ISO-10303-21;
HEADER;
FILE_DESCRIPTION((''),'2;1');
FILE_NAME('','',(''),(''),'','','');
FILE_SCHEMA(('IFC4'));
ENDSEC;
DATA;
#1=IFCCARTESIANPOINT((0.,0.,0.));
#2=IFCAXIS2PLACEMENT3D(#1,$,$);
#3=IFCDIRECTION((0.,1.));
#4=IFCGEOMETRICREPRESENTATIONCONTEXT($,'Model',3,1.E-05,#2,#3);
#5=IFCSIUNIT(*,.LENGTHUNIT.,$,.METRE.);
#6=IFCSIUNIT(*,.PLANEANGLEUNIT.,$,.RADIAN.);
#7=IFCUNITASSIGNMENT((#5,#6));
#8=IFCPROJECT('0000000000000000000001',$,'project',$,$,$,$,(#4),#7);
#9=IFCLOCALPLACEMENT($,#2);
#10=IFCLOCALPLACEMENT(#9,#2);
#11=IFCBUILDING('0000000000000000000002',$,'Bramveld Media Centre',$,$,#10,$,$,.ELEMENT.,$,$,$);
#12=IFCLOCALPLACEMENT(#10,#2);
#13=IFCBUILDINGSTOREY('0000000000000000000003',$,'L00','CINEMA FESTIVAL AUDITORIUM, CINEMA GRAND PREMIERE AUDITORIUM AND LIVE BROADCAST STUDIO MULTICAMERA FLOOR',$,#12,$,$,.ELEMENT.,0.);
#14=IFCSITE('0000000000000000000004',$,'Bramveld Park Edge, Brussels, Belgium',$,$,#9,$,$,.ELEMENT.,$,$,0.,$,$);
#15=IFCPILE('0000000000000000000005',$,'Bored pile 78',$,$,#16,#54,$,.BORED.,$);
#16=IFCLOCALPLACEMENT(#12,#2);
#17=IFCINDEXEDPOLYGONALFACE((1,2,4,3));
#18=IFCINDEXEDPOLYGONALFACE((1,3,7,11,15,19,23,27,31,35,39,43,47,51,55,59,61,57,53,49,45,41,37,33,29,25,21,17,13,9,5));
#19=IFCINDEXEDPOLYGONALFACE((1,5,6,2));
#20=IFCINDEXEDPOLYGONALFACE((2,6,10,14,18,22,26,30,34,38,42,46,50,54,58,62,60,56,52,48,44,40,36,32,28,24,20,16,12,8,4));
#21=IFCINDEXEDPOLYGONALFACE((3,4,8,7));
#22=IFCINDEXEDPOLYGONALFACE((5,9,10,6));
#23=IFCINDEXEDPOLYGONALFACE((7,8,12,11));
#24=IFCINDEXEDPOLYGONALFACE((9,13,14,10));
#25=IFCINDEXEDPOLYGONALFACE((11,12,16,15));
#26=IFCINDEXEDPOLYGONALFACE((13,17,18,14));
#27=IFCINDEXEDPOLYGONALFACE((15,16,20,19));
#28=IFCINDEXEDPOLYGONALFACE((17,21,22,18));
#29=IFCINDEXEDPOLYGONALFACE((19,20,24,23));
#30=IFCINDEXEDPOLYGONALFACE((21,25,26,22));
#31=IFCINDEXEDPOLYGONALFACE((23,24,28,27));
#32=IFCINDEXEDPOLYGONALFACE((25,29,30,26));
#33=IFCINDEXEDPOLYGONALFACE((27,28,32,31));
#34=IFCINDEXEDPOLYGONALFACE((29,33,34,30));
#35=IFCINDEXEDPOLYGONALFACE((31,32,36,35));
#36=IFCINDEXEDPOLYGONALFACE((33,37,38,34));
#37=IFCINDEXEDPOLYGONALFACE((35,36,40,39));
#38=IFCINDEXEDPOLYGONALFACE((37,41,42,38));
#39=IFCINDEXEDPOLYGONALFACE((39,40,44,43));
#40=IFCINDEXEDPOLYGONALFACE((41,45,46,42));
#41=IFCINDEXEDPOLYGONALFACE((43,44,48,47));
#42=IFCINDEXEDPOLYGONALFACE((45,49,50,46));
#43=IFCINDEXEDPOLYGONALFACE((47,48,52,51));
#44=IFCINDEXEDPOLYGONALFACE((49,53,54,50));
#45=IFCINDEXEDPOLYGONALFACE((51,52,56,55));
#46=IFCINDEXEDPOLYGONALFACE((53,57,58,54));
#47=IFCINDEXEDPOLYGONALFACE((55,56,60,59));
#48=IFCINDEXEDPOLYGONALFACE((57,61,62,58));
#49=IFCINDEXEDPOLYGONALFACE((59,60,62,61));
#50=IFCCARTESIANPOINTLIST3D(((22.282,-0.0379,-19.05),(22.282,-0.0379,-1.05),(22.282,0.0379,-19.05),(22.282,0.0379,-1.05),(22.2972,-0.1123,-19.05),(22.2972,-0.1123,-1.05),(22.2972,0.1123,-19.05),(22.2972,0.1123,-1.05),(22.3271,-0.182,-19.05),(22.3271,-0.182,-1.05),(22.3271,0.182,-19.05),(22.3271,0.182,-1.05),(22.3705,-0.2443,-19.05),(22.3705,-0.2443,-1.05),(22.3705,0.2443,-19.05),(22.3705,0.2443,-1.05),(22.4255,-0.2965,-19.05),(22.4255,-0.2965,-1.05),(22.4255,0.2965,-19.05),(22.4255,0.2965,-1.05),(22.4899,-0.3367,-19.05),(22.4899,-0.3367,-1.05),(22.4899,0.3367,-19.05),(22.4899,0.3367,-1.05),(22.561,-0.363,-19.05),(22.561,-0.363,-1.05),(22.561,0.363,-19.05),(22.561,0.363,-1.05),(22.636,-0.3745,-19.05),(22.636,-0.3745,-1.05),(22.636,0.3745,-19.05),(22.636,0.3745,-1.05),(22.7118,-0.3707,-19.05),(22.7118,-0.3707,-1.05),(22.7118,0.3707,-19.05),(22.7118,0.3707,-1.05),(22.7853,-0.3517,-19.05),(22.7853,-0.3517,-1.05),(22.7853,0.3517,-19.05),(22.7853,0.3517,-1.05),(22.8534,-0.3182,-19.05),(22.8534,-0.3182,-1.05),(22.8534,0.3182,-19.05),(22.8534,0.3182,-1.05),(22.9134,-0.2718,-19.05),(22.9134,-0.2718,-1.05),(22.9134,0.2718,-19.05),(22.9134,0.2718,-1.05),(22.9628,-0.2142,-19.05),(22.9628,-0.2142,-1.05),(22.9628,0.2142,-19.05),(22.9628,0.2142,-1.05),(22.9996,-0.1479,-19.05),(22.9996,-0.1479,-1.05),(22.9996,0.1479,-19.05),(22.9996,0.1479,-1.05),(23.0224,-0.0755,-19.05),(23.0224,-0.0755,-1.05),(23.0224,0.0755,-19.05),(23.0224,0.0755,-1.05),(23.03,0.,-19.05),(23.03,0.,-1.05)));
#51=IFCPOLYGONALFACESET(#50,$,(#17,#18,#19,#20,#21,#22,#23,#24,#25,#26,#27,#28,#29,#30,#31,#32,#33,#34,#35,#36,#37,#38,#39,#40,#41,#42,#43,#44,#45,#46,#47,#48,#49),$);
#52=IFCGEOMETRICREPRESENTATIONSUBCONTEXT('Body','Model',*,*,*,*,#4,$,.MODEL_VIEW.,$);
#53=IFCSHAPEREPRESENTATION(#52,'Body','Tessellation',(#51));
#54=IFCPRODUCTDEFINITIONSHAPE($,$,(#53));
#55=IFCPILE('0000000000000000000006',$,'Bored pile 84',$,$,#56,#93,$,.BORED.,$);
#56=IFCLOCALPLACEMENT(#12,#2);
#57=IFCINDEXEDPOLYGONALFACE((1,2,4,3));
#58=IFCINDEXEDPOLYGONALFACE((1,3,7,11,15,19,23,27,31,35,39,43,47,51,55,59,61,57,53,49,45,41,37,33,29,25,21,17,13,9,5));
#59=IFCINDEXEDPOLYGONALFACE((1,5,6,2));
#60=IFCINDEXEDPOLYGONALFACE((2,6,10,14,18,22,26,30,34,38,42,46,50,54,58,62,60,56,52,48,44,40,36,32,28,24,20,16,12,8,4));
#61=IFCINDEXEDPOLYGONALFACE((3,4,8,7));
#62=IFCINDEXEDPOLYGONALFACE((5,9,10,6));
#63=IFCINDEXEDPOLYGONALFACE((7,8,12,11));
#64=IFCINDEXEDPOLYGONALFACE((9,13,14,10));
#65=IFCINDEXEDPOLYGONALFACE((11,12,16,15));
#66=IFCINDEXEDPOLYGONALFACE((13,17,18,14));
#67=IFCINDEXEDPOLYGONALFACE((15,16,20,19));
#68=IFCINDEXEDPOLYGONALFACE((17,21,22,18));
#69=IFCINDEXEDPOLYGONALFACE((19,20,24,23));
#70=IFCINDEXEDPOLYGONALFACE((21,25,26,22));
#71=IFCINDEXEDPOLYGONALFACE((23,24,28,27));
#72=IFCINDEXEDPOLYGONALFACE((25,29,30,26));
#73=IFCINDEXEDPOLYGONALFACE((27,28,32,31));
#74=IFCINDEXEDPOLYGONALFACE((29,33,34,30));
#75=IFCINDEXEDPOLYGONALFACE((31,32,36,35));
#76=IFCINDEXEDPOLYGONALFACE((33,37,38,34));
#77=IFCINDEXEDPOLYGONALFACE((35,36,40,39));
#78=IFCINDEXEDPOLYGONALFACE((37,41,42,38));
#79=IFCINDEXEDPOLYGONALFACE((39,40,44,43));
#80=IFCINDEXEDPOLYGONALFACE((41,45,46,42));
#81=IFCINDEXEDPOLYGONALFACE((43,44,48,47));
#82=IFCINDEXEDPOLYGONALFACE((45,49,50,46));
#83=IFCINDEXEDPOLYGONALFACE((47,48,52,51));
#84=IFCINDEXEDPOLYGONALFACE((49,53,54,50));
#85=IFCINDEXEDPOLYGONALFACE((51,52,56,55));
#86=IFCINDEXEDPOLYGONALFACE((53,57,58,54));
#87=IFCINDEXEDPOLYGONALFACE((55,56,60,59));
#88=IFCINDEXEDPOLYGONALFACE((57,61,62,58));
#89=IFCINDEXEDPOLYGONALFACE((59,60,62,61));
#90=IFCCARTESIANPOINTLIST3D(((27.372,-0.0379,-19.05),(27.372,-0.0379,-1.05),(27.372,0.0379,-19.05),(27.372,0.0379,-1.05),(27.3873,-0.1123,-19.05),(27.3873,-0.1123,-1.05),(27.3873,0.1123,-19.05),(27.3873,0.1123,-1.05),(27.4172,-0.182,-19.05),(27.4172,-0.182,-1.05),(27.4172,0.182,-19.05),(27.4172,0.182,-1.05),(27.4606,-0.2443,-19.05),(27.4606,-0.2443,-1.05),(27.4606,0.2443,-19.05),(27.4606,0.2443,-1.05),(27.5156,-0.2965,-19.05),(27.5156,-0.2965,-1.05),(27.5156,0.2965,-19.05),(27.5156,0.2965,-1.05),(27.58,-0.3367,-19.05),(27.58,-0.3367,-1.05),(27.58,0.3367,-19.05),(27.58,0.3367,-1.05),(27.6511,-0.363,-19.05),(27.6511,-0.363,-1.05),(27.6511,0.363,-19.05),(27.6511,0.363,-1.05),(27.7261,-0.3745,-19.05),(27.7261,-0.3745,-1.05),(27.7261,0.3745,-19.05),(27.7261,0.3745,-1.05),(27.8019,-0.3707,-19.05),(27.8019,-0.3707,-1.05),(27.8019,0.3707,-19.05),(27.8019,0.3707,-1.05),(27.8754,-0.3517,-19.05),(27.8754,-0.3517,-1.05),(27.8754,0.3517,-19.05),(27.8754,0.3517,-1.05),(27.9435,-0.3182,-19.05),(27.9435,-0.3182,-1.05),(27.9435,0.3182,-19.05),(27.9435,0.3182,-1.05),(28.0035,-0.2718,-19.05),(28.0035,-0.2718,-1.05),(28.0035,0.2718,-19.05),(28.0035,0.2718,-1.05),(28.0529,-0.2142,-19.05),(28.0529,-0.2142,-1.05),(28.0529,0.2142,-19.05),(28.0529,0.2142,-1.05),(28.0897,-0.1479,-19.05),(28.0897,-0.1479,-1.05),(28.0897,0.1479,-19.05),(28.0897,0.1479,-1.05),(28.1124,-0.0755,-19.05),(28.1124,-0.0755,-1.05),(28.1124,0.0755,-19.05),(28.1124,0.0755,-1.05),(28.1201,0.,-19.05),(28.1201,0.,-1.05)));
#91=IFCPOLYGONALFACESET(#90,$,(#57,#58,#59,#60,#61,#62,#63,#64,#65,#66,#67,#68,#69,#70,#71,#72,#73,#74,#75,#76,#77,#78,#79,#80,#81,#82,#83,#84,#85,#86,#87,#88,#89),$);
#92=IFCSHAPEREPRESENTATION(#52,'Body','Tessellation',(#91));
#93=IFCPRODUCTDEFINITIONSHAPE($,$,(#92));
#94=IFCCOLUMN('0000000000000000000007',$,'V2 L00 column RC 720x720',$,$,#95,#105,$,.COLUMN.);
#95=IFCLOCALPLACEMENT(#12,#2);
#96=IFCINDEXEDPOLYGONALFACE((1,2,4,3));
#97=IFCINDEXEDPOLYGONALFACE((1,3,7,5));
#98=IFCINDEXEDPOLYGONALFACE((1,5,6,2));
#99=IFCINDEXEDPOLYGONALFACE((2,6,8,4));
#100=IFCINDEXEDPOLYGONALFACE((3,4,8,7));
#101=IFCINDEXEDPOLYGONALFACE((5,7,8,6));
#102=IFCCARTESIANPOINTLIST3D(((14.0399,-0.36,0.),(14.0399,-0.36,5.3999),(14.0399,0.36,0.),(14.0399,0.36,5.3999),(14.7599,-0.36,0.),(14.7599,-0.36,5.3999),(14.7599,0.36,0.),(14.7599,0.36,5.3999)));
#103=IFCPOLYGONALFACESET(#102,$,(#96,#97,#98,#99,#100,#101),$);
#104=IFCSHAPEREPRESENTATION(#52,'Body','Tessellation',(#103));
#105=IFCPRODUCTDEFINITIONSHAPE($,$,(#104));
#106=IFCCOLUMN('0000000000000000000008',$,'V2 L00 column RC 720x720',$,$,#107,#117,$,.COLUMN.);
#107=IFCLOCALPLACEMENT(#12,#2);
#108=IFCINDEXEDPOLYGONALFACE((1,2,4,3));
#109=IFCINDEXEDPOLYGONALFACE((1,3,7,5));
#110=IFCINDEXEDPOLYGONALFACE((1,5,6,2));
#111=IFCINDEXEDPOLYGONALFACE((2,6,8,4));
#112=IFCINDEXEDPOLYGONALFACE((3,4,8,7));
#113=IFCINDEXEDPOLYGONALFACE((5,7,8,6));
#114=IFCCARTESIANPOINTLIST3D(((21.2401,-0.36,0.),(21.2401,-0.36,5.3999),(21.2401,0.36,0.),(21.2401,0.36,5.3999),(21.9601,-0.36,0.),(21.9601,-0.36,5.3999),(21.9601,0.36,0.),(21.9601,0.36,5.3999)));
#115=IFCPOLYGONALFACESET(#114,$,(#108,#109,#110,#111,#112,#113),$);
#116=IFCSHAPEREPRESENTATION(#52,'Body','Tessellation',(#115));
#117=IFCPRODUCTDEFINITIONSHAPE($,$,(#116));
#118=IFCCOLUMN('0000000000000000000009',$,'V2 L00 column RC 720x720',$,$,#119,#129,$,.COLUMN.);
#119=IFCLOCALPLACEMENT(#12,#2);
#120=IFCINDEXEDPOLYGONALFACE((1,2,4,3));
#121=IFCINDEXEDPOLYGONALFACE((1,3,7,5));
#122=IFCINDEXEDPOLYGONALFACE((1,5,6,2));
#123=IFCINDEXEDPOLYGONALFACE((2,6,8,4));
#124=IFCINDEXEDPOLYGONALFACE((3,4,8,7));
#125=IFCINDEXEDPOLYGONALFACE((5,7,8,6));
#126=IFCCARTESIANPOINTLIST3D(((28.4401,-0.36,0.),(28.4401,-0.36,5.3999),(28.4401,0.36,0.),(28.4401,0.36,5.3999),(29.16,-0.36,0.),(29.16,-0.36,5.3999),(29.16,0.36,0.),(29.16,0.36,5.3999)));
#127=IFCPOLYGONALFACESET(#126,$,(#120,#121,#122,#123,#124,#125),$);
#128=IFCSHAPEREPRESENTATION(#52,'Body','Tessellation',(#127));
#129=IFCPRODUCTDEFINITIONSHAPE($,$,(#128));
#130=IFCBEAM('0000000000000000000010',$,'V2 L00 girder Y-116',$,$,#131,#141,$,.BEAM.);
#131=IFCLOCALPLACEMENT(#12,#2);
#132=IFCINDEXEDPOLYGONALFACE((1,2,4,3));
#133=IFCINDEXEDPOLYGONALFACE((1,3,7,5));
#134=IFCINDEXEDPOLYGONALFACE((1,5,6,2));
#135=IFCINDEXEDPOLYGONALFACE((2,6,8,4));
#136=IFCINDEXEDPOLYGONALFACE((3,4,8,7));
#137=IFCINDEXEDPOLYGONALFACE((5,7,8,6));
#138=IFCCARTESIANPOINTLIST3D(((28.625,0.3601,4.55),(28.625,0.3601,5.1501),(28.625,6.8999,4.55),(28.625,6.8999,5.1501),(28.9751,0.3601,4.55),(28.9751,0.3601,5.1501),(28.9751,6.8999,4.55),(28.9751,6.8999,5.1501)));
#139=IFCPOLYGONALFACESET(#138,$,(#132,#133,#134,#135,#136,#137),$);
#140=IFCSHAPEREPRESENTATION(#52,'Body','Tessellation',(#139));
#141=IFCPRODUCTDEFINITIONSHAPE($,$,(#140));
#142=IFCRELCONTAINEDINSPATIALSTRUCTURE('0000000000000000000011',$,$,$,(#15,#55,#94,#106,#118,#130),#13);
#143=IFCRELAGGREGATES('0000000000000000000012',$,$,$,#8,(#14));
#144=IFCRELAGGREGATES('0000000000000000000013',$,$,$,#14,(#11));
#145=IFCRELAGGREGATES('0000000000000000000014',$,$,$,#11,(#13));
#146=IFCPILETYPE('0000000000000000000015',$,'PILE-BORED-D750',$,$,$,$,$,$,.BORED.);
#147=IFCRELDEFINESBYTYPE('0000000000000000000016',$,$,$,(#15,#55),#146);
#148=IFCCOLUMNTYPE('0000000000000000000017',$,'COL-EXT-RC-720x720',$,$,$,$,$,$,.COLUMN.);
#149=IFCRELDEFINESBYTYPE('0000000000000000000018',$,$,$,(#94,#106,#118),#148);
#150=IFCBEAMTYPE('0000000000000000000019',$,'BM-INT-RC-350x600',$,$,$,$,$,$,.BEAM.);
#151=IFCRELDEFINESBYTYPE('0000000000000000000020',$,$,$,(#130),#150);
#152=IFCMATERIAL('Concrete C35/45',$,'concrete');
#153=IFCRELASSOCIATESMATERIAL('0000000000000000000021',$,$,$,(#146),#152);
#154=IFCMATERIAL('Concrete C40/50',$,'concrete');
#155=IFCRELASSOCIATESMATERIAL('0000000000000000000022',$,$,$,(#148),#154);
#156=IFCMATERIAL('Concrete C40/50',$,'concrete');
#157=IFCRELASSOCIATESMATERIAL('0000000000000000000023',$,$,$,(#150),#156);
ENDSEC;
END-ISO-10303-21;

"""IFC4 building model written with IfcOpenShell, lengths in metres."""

from ifc_helpers import new_model, si_unit, direction, frame, origin, origin_2d, place, context, subcontext, project, spatial, rectangle, circle, extrude, material, material_profile, profile_set, type_object, element, save


model = new_model("IFC4")

# Units and contexts
model_context = context("Model", 3, precision=1e-05, world=origin(), true_north=direction((0.0, 1.0)))
body_context = subcontext(model_context, "Body", "Model", "MODEL_VIEW")
ifc_project = project(units=[si_unit("LENGTHUNIT", "METRE"), si_unit("PLANEANGLEUNIT", "RADIAN")], contexts=[model_context])

# Site, building, storey
site_placement = place(None, origin())
site = spatial("IfcSite", under=ifc_project, at=site_placement, Name="Bramveld Park Edge, Brussels, Belgium", CompositionType="ELEMENT", RefElevation=0.0)
building_placement = place(site_placement, origin())
building = spatial("IfcBuilding", under=site, at=building_placement, Name="Bramveld Media Centre", CompositionType="ELEMENT")
storey_placement = place(building_placement, origin())
storey = spatial("IfcBuildingStorey", under=building, at=storey_placement, Name="L00", Description="CINEMA FESTIVAL AUDITORIUM, CINEMA GRAND PREMIERE AUDITORIUM AND LIVE BROADCAST STUDIO MULTICAMERA FLOOR", CompositionType="ELEMENT", Elevation=0.0)

# Piles
ifc_material_1 = material(Name="Concrete C35/45", Category="concrete")
ifc_material_profile_1 = material_profile(ifc_material_1, circle(Radius=0.375, at=origin_2d()), Name="BORED D750")
ifc_profile_set_1 = profile_set([ifc_material_profile_1], Name="Concrete C35/45")
pile_type = type_object("IfcPileType", Name="PILE-BORED-D750", PredefinedType="BORED", material=ifc_profile_set_1)
for number, where, z_axis, x_axis, name in (
    (1, (22.655, 0.0, -1.05), (0.0, 0.0, -1.0), (1.0, 0.0, 0.0), "Bored pile 78"),
    (2, (27.7451, 0.0, -1.05), (0.0, 0.0, -1.0), (1.0, 0.0, 0.0), "Bored pile 84"),
):
    element("IfcPile", number, at=place(storey_placement, frame(where, z_axis=z_axis, x_axis=x_axis)), inside=storey, type_object=pile_type, Name=name, PredefinedType="BORED", context=body_context, shape_type="SweptSolid", body=[
        extrude(circle(Radius=0.375, at=origin_2d()), origin(), (0.0, 0.0, 1.0), 18.0),
    ])

# Columns
ifc_material_2 = material(Name="Concrete C40/50", Category="concrete")
ifc_material_profile_2 = material_profile(ifc_material_2, rectangle(XDim=0.72, YDim=0.72, at=origin_2d()), Name="RC 720x720")
ifc_profile_set_2 = profile_set([ifc_material_profile_2], Name="Concrete C40/50")
column_type = type_object("IfcColumnType", Name="COL-EXT-RC-720x720", PredefinedType="COLUMN", material=ifc_profile_set_2)
for number, where, z_axis, x_axis, name in (
    (3, (14.3999, 0.0, 0.0), (0.0, 0.0, 1.0), (1.0, 0.0, 0.0), "V2 L00 column RC 720x720"),
    (4, (21.6001, 0.0, 0.0), (0.0, 0.0, 1.0), (1.0, 0.0, 0.0), "V2 L00 column RC 720x720"),
    (5, (28.8, 0.0, 0.0), (0.0, 0.0, 1.0), (1.0, 0.0, 0.0), "V2 L00 column RC 720x720"),
):
    element("IfcColumn", number, at=place(storey_placement, frame(where, z_axis=z_axis, x_axis=x_axis)), inside=storey, type_object=column_type, Name=name, PredefinedType="COLUMN", context=body_context, shape_type="SweptSolid", body=[
        extrude(rectangle(XDim=0.72, YDim=0.72, at=origin_2d()), origin(), (0.0, 0.0, 1.0), 5.3999),
    ])

# Beam
ifc_material_3 = material(Name="Concrete C40/50", Category="concrete")
ifc_material_profile_3 = material_profile(ifc_material_3, rectangle(XDim=0.3501, YDim=0.6001, at=origin_2d()), Name="RC 350x600")
ifc_profile_set_3 = profile_set([ifc_material_profile_3], Name="Concrete C40/50")
beam_type = type_object("IfcBeamType", Name="BM-INT-RC-350x600", PredefinedType="BEAM", material=ifc_profile_set_3)
beam_placement = place(storey_placement, frame((28.8, 0.3601, 4.8501), z_axis=(0.0, 1.0, 0.0), x_axis=(-1.0, 0.0, 0.0)))
element("IfcBeam", 6, at=beam_placement, inside=storey, type_object=beam_type, Name="V2 L00 girder Y-116", PredefinedType="BEAM", context=body_context, shape_type="SweptSolid", body=[
    extrude(rectangle(XDim=0.3501, YDim=0.6001, at=origin_2d()), origin(), (0.0, 0.0, 1.0), 6.5398),
])

save(model, "model.ifc")
